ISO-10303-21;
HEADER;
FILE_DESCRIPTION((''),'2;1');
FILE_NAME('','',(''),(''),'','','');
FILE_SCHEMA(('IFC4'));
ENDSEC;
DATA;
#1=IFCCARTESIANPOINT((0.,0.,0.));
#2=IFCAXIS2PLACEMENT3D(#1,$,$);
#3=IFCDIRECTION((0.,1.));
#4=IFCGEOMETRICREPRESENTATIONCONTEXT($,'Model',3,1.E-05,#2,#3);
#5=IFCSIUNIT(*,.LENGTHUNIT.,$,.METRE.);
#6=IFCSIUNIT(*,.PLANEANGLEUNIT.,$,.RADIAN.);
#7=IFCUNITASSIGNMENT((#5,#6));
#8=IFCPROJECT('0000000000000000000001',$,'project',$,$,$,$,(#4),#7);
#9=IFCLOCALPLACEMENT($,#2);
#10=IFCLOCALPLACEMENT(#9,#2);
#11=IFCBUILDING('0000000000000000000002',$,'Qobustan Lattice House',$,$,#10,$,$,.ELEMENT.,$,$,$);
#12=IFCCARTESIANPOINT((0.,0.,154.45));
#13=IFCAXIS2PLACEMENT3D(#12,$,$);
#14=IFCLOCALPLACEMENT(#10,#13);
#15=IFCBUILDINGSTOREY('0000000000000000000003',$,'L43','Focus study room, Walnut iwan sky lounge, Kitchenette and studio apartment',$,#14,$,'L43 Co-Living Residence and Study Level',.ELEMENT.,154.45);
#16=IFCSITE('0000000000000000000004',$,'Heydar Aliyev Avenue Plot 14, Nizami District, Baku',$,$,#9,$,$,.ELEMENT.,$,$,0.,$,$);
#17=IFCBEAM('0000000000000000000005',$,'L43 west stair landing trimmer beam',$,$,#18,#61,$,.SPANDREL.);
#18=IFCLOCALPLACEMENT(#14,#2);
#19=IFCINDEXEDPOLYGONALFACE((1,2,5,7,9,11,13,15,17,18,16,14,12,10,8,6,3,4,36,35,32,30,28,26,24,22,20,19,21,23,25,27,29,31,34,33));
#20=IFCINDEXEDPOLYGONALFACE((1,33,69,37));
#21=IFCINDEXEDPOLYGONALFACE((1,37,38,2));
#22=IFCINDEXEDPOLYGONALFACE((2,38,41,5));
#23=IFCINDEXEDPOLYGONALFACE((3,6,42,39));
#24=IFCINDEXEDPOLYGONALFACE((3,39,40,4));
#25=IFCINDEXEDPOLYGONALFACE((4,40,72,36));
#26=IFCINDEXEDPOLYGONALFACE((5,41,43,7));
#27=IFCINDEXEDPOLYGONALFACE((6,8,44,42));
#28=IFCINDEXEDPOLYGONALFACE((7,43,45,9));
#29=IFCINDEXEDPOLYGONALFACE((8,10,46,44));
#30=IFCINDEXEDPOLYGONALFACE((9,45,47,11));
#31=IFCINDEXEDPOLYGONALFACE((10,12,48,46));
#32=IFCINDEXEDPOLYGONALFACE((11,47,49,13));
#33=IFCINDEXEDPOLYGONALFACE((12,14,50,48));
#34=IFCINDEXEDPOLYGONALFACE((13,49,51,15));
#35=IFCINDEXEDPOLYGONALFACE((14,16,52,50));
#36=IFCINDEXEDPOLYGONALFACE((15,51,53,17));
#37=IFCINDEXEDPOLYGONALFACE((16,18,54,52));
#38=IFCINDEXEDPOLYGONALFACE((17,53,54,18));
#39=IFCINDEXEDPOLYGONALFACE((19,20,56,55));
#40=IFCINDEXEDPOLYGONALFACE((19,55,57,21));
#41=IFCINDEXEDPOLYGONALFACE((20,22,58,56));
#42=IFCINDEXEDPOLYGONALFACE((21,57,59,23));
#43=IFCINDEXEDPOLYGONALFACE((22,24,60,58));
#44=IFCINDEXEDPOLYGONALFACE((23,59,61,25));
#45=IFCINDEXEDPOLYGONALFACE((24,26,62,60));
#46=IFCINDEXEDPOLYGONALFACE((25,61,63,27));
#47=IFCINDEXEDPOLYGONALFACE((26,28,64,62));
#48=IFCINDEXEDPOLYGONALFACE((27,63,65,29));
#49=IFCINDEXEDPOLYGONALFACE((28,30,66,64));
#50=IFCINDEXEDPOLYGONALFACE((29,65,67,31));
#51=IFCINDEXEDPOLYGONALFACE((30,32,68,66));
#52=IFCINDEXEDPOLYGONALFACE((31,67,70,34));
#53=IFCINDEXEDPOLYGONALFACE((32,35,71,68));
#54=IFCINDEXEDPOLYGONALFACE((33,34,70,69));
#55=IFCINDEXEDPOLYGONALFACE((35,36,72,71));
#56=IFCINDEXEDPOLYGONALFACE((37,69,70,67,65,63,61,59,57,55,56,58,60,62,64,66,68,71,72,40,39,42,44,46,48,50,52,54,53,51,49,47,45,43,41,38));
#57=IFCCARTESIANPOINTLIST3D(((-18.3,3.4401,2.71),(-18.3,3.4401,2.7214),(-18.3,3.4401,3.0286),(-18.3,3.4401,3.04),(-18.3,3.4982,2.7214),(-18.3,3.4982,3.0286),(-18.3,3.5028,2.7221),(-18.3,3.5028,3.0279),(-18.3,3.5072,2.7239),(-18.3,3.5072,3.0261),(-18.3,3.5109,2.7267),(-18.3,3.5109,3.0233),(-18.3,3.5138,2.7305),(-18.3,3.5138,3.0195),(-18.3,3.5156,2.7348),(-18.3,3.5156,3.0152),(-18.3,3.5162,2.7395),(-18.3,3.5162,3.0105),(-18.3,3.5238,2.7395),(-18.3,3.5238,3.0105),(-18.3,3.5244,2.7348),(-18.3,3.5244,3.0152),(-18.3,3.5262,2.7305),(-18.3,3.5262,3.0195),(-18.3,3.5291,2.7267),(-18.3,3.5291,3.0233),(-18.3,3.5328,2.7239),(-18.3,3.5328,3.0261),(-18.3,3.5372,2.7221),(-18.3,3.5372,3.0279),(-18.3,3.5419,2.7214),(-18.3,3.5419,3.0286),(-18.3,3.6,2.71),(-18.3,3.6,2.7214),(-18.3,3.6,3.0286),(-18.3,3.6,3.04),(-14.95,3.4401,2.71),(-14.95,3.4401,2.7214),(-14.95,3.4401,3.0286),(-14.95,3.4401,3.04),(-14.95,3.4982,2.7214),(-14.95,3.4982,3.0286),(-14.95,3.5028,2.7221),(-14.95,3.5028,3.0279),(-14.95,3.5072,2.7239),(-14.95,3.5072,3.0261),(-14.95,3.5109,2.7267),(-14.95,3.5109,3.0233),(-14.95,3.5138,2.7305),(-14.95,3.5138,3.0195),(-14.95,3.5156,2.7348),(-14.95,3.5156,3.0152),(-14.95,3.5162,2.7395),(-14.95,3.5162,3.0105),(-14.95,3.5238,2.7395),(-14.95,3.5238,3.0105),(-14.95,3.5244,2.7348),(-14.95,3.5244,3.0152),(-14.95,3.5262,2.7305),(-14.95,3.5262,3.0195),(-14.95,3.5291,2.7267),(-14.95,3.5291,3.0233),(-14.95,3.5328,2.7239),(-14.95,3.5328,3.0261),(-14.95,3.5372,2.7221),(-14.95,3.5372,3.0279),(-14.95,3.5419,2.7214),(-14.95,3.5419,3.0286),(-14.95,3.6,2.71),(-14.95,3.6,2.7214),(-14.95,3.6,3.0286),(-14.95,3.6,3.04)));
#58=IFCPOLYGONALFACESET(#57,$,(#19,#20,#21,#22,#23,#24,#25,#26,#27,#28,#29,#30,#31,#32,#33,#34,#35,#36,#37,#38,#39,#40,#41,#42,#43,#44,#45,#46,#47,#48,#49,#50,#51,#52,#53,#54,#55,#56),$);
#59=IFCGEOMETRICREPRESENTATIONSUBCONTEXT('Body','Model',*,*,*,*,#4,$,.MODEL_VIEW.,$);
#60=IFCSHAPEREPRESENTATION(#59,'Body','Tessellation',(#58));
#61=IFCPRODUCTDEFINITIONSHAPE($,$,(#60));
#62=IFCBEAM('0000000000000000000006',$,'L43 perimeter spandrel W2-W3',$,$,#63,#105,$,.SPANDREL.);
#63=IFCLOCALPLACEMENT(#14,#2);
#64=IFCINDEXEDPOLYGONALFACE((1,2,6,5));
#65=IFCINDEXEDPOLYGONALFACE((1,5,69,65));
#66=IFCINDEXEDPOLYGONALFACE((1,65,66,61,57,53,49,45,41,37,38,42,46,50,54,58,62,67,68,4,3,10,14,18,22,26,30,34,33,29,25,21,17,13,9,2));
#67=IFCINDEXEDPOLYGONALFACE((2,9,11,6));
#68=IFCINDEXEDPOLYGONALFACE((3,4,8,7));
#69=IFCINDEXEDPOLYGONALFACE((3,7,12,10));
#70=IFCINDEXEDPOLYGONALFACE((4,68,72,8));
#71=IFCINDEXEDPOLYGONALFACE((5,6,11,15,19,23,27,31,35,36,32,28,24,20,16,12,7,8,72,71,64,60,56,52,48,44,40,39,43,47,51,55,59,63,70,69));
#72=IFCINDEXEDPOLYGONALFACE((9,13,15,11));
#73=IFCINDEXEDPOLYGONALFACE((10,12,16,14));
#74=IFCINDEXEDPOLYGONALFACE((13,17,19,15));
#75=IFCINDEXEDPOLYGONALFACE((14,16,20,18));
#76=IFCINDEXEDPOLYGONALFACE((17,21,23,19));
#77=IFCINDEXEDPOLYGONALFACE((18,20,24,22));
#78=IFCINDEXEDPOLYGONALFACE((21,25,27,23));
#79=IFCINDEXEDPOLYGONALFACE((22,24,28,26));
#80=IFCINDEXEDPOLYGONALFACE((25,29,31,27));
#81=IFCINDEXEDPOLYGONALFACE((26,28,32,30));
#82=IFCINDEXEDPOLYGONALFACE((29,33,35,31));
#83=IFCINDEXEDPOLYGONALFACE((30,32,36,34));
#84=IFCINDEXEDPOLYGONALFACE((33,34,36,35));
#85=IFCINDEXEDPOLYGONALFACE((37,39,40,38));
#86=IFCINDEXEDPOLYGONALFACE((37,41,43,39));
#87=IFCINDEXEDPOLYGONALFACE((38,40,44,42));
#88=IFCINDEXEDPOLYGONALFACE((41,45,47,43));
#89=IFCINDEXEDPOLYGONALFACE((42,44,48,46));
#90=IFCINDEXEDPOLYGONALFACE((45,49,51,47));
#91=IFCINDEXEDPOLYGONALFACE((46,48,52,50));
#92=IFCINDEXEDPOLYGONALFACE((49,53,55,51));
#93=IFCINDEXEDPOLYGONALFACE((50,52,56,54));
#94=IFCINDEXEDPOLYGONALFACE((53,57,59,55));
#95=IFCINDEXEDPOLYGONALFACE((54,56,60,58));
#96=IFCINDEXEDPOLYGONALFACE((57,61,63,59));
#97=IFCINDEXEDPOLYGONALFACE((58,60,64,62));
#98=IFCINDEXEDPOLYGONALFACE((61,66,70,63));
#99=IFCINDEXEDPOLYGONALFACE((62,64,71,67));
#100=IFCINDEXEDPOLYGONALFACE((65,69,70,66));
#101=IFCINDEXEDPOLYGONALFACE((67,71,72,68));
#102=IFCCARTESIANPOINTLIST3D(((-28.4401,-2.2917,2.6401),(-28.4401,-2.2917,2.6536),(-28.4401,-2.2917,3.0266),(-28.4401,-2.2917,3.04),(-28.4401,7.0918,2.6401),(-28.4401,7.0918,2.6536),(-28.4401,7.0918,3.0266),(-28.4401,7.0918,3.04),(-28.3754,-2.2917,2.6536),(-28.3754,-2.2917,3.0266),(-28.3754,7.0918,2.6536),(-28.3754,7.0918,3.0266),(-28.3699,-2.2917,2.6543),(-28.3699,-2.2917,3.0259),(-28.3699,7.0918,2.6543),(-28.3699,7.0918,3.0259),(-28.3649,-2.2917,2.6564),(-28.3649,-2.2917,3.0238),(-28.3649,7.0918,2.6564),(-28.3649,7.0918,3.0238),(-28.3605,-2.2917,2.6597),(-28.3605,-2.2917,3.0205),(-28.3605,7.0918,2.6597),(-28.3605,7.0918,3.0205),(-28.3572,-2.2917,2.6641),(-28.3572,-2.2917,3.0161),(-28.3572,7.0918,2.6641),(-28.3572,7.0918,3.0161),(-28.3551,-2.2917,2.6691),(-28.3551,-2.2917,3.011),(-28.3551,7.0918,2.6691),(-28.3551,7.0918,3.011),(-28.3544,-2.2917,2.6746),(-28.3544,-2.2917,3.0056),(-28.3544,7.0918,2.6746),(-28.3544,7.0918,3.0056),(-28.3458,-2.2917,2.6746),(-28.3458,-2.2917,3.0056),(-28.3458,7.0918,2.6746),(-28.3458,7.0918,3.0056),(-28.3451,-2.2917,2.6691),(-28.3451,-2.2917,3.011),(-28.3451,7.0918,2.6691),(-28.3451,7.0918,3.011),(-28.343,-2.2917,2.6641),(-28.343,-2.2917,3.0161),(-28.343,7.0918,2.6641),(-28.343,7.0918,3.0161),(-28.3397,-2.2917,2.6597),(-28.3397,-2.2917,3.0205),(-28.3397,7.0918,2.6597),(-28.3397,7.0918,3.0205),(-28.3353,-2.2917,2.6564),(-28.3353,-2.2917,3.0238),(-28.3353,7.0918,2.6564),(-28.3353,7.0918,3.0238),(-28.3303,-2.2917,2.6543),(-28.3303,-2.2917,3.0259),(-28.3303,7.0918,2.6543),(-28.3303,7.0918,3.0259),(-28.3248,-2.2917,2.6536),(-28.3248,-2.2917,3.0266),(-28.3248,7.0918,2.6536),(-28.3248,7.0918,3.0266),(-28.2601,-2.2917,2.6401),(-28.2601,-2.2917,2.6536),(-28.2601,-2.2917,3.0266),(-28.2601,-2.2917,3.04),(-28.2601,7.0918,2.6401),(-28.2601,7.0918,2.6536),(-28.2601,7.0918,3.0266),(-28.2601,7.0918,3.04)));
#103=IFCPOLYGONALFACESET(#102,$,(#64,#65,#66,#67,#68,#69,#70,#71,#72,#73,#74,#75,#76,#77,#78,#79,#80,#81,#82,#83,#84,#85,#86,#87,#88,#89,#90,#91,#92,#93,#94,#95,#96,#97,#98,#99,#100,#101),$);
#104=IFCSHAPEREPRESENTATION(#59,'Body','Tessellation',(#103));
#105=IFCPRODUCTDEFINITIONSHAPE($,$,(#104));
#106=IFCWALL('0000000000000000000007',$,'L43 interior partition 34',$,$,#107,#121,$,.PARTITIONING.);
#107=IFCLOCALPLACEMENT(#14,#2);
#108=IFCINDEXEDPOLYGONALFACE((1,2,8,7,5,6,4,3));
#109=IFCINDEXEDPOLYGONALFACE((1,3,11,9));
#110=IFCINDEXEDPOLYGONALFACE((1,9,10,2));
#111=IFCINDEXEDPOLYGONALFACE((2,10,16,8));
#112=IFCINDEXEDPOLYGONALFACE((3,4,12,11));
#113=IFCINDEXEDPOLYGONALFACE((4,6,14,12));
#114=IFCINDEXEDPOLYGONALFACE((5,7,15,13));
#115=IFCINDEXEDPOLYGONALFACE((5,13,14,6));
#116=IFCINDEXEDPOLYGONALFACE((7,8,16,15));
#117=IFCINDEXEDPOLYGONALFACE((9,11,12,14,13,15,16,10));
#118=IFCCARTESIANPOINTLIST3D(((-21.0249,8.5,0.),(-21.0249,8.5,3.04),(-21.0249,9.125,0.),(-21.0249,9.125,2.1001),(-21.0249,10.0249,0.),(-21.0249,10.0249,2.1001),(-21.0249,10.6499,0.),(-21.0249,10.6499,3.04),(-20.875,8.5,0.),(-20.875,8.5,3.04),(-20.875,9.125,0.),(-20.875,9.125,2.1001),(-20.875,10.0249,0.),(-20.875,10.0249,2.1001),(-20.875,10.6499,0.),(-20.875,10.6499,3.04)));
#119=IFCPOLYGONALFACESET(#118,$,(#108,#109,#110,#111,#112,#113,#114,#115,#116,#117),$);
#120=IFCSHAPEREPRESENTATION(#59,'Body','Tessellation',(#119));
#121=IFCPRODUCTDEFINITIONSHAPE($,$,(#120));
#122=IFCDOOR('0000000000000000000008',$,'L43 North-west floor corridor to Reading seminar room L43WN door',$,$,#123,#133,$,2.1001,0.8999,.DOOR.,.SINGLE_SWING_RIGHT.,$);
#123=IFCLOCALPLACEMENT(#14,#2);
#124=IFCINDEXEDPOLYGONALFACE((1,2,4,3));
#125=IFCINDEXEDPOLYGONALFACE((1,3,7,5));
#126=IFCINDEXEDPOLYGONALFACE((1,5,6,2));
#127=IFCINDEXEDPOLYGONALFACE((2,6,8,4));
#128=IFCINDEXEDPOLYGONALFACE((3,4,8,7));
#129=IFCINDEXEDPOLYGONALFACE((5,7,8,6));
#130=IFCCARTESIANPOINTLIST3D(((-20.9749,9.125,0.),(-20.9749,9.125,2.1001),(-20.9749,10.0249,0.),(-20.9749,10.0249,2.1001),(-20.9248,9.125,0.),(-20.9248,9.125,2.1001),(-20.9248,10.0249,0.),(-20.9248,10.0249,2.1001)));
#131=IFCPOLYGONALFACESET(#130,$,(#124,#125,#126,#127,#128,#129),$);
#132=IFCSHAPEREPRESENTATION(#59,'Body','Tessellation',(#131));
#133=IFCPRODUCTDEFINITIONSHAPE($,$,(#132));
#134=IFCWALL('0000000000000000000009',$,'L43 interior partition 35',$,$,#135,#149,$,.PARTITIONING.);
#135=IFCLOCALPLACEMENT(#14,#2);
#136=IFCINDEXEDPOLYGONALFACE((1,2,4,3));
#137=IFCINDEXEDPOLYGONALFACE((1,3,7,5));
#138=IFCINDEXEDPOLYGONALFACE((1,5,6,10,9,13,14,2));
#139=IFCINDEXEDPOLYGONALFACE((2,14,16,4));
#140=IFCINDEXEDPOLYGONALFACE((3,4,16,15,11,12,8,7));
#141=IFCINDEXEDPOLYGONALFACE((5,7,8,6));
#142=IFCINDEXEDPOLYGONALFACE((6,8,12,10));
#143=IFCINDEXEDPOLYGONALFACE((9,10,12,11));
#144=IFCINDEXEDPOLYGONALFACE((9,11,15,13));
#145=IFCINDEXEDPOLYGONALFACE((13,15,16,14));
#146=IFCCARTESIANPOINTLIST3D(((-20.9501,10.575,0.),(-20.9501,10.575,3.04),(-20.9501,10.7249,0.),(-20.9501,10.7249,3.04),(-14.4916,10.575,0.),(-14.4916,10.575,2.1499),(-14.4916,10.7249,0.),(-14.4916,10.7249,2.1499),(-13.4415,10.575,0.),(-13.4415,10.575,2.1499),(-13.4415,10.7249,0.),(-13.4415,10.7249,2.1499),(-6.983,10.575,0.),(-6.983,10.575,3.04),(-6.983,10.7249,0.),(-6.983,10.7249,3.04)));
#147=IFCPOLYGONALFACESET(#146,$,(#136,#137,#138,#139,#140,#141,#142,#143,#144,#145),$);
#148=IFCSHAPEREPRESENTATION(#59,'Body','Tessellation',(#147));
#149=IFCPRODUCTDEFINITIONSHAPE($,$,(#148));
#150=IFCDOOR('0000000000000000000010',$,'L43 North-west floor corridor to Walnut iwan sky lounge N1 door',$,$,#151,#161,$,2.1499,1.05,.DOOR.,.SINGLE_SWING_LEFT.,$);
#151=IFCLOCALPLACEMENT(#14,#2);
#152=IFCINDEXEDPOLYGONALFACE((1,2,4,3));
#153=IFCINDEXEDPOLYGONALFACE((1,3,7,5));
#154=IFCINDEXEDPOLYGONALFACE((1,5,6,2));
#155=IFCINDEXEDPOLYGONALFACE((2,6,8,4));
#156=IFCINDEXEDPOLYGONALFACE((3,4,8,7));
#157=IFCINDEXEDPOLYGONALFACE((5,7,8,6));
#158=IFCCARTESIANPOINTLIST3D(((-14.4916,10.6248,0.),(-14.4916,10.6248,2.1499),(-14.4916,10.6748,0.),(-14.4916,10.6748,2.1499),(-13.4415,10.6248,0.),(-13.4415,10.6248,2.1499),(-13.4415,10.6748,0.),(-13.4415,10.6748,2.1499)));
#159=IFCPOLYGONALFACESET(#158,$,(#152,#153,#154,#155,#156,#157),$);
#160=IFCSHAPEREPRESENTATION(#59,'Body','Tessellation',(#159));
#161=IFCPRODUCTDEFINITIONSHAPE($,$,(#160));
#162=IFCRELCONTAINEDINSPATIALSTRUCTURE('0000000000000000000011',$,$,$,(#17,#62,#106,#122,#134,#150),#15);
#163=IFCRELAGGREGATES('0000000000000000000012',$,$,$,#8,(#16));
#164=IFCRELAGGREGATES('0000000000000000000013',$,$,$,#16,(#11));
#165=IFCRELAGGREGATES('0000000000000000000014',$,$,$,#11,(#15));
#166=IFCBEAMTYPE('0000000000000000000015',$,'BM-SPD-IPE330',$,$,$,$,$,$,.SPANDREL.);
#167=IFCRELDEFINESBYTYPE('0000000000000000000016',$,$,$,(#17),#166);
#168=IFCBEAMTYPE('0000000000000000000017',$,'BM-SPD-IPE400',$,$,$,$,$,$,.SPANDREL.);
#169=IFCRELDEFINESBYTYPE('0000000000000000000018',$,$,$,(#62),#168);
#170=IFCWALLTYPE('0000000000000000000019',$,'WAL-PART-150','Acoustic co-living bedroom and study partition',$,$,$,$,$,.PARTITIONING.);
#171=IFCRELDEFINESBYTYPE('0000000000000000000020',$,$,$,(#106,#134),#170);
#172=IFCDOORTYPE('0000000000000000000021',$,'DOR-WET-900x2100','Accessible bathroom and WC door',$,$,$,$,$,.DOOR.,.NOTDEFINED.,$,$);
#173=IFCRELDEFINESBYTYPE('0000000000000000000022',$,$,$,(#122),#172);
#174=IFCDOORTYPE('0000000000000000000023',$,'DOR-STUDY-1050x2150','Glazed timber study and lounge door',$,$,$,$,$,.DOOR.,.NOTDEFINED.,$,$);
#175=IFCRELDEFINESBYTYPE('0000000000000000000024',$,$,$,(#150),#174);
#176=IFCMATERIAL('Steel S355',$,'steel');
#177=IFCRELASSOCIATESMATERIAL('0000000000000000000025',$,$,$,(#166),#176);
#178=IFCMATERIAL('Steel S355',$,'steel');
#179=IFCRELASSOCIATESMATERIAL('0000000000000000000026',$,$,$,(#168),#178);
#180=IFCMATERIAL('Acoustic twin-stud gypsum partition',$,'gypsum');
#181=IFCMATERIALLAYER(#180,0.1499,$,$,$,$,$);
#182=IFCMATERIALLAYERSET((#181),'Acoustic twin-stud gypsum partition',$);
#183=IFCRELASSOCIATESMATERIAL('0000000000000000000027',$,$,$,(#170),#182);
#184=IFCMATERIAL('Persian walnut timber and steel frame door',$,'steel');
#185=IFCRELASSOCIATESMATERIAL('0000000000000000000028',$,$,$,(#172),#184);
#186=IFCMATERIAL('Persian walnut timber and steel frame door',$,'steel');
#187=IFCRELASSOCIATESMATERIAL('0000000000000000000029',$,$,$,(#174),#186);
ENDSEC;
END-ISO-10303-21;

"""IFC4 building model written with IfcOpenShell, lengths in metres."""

from ifc_helpers import new_model, si_unit, direction, frame, frame_2d, origin, origin_2d, place, context, subcontext, project, spatial, rectangle, i_section, extrude, material, layer, layer_set, material_profile, profile_set, type_object, element, fill, save


model = new_model("IFC4")

# Units and contexts
model_context = context("Model", 3, precision=1e-05, world=origin(), true_north=direction((0.0, 1.0)))
body_context = subcontext(model_context, "Body", "Model", "MODEL_VIEW")
ifc_project = project(units=[si_unit("LENGTHUNIT", "METRE"), si_unit("PLANEANGLEUNIT", "RADIAN")], contexts=[model_context])

# Site, building, storey
site_placement = place(None, origin())
site = spatial("IfcSite", under=ifc_project, at=site_placement, Name="Heydar Aliyev Avenue Plot 14, Nizami District, Baku", CompositionType="ELEMENT", RefElevation=0.0)
building_placement = place(site_placement, origin())
building = spatial("IfcBuilding", under=site, at=building_placement, Name="Qobustan Lattice House", CompositionType="ELEMENT")
storey_placement = place(building_placement, frame((0.0, 0.0, 154.45)))
storey = spatial("IfcBuildingStorey", under=building, at=storey_placement, Name="L43", Description="Focus study room, Walnut iwan sky lounge, Kitchenette and studio apartment", LongName="L43 Co-Living Residence and Study Level", CompositionType="ELEMENT", Elevation=154.45)

# Beams
ifc_material_1 = material(Name="Steel S355", Category="steel")
ifc_material_profile_1 = material_profile(ifc_material_1, i_section(OverallWidth=0.1599, OverallDepth=0.3301, WebThickness=0.0076, FlangeThickness=0.0115, FilletRadius=0.0181, at=origin_2d()), Name="IPE330")
ifc_profile_set_1 = profile_set([ifc_material_profile_1], Name="Steel S355")
beam_type_1 = type_object("IfcBeamType", Name="BM-SPD-IPE330", PredefinedType="SPANDREL", material=ifc_profile_set_1)
beam_1_placement = place(storey_placement, frame((-18.3, 3.52, 2.875), z_axis=(1.0, 0.0, 0.0), x_axis=(0.0, 1.0, 0.0)))
element("IfcBeam", 1, at=beam_1_placement, inside=storey, type_object=beam_type_1, Name="L43 west stair landing trimmer beam", PredefinedType="SPANDREL", context=body_context, shape_type="SweptSolid", body=[
    extrude(i_section(OverallWidth=0.1599, OverallDepth=0.3301, WebThickness=0.0076, FlangeThickness=0.0115, FilletRadius=0.0181, at=origin_2d()), origin(), (0.0, 0.0, 1.0), 3.3501),
])
ifc_material_2 = material(Name="Steel S355", Category="steel")
ifc_material_profile_2 = material_profile(ifc_material_2, i_section(OverallWidth=0.1799, OverallDepth=0.3999, WebThickness=0.0085, FlangeThickness=0.0134, FilletRadius=0.021, at=origin_2d()), Name="IPE400")
ifc_profile_set_2 = profile_set([ifc_material_profile_2], Name="Steel S355")
beam_type_2 = type_object("IfcBeamType", Name="BM-SPD-IPE400", PredefinedType="SPANDREL", material=ifc_profile_set_2)
beam_2_placement = place(storey_placement, frame((-28.3501, 7.0918, 2.8401), z_axis=(0.0, -1.0, 0.0), x_axis=(1.0, 0.0, 0.0)))
element("IfcBeam", 2, at=beam_2_placement, inside=storey, type_object=beam_type_2, Name="L43 perimeter spandrel W2-W3", PredefinedType="SPANDREL", context=body_context, shape_type="SweptSolid", body=[
    extrude(i_section(OverallWidth=0.1799, OverallDepth=0.3999, WebThickness=0.0085, FlangeThickness=0.0134, FilletRadius=0.021, at=origin_2d()), origin(), (0.0, 0.0, 1.0), 9.3835),
])

# Walls, openings, doors
ifc_material_3 = material(Name="Acoustic twin-stud gypsum partition", Category="gypsum")
ifc_layer_1 = layer(ifc_material_3, 0.1499)
ifc_layer_set_1 = layer_set([ifc_layer_1], Name="Acoustic twin-stud gypsum partition")
wall_type_1 = type_object("IfcWallType", Name="WAL-PART-150", Description="Acoustic co-living bedroom and study partition", PredefinedType="PARTITIONING", material=ifc_layer_set_1)
wall_1_placement = place(storey_placement, frame((-20.95, 8.5, 0.0), z_axis=(0.0, 0.0, 1.0), x_axis=(0.0, 1.0, 0.0)))
wall_1 = element("IfcWall", 3, at=wall_1_placement, inside=storey, type_object=wall_type_1, Name="L43 interior partition 34", PredefinedType="PARTITIONING", context=body_context, shape_type="SweptSolid", body=[
    extrude(rectangle(XDim=2.1499, YDim=0.1499, at=frame_2d((1.075, 0.0))), origin(), (0.0, 0.0, 1.0), 3.04),
])
opening_1_placement = place(wall_1_placement, frame((0.625, 0.0, 0.0)))
opening_1 = element("IfcOpeningElement", 4, at=opening_1_placement, cuts=wall_1, PredefinedType="OPENING", context=body_context, shape_type="SweptSolid", body=[
    extrude(rectangle(XDim=0.8999, YDim=2.1001, at=frame_2d((0.45, 1.05))), frame((0.0, 0.085, 0.0), z_axis=(0.0, -1.0, 0.0), x_axis=(1.0, 0.0, 0.0)), (0.0, 0.0, 1.0), 0.1699),
])
ifc_material_4 = material(Name="Persian walnut timber and steel frame door", Category="steel")
door_type_1 = type_object("IfcDoorType", Name="DOR-WET-900x2100", Description="Accessible bathroom and WC door", OperationType="NOTDEFINED", PredefinedType="DOOR", material=ifc_material_4)
door_1_placement = place(opening_1_placement, origin())
door_1 = element("IfcDoor", 5, at=door_1_placement, inside=storey, type_object=door_type_1, Name="L43 North-west floor corridor to Reading seminar room L43WN door", OperationType="SINGLE_SWING_RIGHT", OverallHeight=2.1001, OverallWidth=0.8999, PredefinedType="DOOR", context=body_context, shape_type="SweptSolid", body=[
    extrude(rectangle(XDim=0.8999, YDim=2.1001, at=frame_2d((0.45, 1.05))), frame((0.0, 0.0249, 0.0), z_axis=(0.0, -1.0, 0.0), x_axis=(1.0, 0.0, 0.0)), (0.0, 0.0, 1.0), 0.05),
])
fill(opening_1, door_1)
wall_2_placement = place(storey_placement, frame((-20.95, 10.6499, 0.0), z_axis=(0.0, 0.0, 1.0), x_axis=(1.0, 0.0, 0.0)))
wall_2 = element("IfcWall", 6, at=wall_2_placement, inside=storey, type_object=wall_type_1, Name="L43 interior partition 35", PredefinedType="PARTITIONING", context=body_context, shape_type="SweptSolid", body=[
    extrude(rectangle(XDim=13.967, YDim=0.1499, at=frame_2d((6.9834, 0.0))), origin(), (0.0, 0.0, 1.0), 3.04),
])
opening_2_placement = place(wall_2_placement, frame((6.4585, 0.0, 0.0)))
opening_2 = element("IfcOpeningElement", 7, at=opening_2_placement, cuts=wall_2, PredefinedType="OPENING", context=body_context, shape_type="SweptSolid", body=[
    extrude(rectangle(XDim=1.05, YDim=2.1499, at=frame_2d((0.5249, 1.075))), frame((0.0, 0.085, 0.0), z_axis=(0.0, -1.0, 0.0), x_axis=(1.0, 0.0, 0.0)), (0.0, 0.0, 1.0), 0.1699),
])
ifc_material_5 = material(Name="Persian walnut timber and steel frame door", Category="steel")
door_type_2 = type_object("IfcDoorType", Name="DOR-STUDY-1050x2150", Description="Glazed timber study and lounge door", OperationType="NOTDEFINED", PredefinedType="DOOR", material=ifc_material_5)
door_2_placement = place(opening_2_placement, origin())
door_2 = element("IfcDoor", 8, at=door_2_placement, inside=storey, type_object=door_type_2, Name="L43 North-west floor corridor to Walnut iwan sky lounge N1 door", OperationType="SINGLE_SWING_LEFT", OverallHeight=2.1499, OverallWidth=1.05, PredefinedType="DOOR", context=body_context, shape_type="SweptSolid", body=[
    extrude(rectangle(XDim=1.05, YDim=2.1499, at=frame_2d((0.5249, 1.075))), frame((0.0, 0.0249, 0.0), z_axis=(0.0, -1.0, 0.0), x_axis=(1.0, 0.0, 0.0)), (0.0, 0.0, 1.0), 0.05),
])
fill(opening_2, door_2)

save(model, "model.ifc")
